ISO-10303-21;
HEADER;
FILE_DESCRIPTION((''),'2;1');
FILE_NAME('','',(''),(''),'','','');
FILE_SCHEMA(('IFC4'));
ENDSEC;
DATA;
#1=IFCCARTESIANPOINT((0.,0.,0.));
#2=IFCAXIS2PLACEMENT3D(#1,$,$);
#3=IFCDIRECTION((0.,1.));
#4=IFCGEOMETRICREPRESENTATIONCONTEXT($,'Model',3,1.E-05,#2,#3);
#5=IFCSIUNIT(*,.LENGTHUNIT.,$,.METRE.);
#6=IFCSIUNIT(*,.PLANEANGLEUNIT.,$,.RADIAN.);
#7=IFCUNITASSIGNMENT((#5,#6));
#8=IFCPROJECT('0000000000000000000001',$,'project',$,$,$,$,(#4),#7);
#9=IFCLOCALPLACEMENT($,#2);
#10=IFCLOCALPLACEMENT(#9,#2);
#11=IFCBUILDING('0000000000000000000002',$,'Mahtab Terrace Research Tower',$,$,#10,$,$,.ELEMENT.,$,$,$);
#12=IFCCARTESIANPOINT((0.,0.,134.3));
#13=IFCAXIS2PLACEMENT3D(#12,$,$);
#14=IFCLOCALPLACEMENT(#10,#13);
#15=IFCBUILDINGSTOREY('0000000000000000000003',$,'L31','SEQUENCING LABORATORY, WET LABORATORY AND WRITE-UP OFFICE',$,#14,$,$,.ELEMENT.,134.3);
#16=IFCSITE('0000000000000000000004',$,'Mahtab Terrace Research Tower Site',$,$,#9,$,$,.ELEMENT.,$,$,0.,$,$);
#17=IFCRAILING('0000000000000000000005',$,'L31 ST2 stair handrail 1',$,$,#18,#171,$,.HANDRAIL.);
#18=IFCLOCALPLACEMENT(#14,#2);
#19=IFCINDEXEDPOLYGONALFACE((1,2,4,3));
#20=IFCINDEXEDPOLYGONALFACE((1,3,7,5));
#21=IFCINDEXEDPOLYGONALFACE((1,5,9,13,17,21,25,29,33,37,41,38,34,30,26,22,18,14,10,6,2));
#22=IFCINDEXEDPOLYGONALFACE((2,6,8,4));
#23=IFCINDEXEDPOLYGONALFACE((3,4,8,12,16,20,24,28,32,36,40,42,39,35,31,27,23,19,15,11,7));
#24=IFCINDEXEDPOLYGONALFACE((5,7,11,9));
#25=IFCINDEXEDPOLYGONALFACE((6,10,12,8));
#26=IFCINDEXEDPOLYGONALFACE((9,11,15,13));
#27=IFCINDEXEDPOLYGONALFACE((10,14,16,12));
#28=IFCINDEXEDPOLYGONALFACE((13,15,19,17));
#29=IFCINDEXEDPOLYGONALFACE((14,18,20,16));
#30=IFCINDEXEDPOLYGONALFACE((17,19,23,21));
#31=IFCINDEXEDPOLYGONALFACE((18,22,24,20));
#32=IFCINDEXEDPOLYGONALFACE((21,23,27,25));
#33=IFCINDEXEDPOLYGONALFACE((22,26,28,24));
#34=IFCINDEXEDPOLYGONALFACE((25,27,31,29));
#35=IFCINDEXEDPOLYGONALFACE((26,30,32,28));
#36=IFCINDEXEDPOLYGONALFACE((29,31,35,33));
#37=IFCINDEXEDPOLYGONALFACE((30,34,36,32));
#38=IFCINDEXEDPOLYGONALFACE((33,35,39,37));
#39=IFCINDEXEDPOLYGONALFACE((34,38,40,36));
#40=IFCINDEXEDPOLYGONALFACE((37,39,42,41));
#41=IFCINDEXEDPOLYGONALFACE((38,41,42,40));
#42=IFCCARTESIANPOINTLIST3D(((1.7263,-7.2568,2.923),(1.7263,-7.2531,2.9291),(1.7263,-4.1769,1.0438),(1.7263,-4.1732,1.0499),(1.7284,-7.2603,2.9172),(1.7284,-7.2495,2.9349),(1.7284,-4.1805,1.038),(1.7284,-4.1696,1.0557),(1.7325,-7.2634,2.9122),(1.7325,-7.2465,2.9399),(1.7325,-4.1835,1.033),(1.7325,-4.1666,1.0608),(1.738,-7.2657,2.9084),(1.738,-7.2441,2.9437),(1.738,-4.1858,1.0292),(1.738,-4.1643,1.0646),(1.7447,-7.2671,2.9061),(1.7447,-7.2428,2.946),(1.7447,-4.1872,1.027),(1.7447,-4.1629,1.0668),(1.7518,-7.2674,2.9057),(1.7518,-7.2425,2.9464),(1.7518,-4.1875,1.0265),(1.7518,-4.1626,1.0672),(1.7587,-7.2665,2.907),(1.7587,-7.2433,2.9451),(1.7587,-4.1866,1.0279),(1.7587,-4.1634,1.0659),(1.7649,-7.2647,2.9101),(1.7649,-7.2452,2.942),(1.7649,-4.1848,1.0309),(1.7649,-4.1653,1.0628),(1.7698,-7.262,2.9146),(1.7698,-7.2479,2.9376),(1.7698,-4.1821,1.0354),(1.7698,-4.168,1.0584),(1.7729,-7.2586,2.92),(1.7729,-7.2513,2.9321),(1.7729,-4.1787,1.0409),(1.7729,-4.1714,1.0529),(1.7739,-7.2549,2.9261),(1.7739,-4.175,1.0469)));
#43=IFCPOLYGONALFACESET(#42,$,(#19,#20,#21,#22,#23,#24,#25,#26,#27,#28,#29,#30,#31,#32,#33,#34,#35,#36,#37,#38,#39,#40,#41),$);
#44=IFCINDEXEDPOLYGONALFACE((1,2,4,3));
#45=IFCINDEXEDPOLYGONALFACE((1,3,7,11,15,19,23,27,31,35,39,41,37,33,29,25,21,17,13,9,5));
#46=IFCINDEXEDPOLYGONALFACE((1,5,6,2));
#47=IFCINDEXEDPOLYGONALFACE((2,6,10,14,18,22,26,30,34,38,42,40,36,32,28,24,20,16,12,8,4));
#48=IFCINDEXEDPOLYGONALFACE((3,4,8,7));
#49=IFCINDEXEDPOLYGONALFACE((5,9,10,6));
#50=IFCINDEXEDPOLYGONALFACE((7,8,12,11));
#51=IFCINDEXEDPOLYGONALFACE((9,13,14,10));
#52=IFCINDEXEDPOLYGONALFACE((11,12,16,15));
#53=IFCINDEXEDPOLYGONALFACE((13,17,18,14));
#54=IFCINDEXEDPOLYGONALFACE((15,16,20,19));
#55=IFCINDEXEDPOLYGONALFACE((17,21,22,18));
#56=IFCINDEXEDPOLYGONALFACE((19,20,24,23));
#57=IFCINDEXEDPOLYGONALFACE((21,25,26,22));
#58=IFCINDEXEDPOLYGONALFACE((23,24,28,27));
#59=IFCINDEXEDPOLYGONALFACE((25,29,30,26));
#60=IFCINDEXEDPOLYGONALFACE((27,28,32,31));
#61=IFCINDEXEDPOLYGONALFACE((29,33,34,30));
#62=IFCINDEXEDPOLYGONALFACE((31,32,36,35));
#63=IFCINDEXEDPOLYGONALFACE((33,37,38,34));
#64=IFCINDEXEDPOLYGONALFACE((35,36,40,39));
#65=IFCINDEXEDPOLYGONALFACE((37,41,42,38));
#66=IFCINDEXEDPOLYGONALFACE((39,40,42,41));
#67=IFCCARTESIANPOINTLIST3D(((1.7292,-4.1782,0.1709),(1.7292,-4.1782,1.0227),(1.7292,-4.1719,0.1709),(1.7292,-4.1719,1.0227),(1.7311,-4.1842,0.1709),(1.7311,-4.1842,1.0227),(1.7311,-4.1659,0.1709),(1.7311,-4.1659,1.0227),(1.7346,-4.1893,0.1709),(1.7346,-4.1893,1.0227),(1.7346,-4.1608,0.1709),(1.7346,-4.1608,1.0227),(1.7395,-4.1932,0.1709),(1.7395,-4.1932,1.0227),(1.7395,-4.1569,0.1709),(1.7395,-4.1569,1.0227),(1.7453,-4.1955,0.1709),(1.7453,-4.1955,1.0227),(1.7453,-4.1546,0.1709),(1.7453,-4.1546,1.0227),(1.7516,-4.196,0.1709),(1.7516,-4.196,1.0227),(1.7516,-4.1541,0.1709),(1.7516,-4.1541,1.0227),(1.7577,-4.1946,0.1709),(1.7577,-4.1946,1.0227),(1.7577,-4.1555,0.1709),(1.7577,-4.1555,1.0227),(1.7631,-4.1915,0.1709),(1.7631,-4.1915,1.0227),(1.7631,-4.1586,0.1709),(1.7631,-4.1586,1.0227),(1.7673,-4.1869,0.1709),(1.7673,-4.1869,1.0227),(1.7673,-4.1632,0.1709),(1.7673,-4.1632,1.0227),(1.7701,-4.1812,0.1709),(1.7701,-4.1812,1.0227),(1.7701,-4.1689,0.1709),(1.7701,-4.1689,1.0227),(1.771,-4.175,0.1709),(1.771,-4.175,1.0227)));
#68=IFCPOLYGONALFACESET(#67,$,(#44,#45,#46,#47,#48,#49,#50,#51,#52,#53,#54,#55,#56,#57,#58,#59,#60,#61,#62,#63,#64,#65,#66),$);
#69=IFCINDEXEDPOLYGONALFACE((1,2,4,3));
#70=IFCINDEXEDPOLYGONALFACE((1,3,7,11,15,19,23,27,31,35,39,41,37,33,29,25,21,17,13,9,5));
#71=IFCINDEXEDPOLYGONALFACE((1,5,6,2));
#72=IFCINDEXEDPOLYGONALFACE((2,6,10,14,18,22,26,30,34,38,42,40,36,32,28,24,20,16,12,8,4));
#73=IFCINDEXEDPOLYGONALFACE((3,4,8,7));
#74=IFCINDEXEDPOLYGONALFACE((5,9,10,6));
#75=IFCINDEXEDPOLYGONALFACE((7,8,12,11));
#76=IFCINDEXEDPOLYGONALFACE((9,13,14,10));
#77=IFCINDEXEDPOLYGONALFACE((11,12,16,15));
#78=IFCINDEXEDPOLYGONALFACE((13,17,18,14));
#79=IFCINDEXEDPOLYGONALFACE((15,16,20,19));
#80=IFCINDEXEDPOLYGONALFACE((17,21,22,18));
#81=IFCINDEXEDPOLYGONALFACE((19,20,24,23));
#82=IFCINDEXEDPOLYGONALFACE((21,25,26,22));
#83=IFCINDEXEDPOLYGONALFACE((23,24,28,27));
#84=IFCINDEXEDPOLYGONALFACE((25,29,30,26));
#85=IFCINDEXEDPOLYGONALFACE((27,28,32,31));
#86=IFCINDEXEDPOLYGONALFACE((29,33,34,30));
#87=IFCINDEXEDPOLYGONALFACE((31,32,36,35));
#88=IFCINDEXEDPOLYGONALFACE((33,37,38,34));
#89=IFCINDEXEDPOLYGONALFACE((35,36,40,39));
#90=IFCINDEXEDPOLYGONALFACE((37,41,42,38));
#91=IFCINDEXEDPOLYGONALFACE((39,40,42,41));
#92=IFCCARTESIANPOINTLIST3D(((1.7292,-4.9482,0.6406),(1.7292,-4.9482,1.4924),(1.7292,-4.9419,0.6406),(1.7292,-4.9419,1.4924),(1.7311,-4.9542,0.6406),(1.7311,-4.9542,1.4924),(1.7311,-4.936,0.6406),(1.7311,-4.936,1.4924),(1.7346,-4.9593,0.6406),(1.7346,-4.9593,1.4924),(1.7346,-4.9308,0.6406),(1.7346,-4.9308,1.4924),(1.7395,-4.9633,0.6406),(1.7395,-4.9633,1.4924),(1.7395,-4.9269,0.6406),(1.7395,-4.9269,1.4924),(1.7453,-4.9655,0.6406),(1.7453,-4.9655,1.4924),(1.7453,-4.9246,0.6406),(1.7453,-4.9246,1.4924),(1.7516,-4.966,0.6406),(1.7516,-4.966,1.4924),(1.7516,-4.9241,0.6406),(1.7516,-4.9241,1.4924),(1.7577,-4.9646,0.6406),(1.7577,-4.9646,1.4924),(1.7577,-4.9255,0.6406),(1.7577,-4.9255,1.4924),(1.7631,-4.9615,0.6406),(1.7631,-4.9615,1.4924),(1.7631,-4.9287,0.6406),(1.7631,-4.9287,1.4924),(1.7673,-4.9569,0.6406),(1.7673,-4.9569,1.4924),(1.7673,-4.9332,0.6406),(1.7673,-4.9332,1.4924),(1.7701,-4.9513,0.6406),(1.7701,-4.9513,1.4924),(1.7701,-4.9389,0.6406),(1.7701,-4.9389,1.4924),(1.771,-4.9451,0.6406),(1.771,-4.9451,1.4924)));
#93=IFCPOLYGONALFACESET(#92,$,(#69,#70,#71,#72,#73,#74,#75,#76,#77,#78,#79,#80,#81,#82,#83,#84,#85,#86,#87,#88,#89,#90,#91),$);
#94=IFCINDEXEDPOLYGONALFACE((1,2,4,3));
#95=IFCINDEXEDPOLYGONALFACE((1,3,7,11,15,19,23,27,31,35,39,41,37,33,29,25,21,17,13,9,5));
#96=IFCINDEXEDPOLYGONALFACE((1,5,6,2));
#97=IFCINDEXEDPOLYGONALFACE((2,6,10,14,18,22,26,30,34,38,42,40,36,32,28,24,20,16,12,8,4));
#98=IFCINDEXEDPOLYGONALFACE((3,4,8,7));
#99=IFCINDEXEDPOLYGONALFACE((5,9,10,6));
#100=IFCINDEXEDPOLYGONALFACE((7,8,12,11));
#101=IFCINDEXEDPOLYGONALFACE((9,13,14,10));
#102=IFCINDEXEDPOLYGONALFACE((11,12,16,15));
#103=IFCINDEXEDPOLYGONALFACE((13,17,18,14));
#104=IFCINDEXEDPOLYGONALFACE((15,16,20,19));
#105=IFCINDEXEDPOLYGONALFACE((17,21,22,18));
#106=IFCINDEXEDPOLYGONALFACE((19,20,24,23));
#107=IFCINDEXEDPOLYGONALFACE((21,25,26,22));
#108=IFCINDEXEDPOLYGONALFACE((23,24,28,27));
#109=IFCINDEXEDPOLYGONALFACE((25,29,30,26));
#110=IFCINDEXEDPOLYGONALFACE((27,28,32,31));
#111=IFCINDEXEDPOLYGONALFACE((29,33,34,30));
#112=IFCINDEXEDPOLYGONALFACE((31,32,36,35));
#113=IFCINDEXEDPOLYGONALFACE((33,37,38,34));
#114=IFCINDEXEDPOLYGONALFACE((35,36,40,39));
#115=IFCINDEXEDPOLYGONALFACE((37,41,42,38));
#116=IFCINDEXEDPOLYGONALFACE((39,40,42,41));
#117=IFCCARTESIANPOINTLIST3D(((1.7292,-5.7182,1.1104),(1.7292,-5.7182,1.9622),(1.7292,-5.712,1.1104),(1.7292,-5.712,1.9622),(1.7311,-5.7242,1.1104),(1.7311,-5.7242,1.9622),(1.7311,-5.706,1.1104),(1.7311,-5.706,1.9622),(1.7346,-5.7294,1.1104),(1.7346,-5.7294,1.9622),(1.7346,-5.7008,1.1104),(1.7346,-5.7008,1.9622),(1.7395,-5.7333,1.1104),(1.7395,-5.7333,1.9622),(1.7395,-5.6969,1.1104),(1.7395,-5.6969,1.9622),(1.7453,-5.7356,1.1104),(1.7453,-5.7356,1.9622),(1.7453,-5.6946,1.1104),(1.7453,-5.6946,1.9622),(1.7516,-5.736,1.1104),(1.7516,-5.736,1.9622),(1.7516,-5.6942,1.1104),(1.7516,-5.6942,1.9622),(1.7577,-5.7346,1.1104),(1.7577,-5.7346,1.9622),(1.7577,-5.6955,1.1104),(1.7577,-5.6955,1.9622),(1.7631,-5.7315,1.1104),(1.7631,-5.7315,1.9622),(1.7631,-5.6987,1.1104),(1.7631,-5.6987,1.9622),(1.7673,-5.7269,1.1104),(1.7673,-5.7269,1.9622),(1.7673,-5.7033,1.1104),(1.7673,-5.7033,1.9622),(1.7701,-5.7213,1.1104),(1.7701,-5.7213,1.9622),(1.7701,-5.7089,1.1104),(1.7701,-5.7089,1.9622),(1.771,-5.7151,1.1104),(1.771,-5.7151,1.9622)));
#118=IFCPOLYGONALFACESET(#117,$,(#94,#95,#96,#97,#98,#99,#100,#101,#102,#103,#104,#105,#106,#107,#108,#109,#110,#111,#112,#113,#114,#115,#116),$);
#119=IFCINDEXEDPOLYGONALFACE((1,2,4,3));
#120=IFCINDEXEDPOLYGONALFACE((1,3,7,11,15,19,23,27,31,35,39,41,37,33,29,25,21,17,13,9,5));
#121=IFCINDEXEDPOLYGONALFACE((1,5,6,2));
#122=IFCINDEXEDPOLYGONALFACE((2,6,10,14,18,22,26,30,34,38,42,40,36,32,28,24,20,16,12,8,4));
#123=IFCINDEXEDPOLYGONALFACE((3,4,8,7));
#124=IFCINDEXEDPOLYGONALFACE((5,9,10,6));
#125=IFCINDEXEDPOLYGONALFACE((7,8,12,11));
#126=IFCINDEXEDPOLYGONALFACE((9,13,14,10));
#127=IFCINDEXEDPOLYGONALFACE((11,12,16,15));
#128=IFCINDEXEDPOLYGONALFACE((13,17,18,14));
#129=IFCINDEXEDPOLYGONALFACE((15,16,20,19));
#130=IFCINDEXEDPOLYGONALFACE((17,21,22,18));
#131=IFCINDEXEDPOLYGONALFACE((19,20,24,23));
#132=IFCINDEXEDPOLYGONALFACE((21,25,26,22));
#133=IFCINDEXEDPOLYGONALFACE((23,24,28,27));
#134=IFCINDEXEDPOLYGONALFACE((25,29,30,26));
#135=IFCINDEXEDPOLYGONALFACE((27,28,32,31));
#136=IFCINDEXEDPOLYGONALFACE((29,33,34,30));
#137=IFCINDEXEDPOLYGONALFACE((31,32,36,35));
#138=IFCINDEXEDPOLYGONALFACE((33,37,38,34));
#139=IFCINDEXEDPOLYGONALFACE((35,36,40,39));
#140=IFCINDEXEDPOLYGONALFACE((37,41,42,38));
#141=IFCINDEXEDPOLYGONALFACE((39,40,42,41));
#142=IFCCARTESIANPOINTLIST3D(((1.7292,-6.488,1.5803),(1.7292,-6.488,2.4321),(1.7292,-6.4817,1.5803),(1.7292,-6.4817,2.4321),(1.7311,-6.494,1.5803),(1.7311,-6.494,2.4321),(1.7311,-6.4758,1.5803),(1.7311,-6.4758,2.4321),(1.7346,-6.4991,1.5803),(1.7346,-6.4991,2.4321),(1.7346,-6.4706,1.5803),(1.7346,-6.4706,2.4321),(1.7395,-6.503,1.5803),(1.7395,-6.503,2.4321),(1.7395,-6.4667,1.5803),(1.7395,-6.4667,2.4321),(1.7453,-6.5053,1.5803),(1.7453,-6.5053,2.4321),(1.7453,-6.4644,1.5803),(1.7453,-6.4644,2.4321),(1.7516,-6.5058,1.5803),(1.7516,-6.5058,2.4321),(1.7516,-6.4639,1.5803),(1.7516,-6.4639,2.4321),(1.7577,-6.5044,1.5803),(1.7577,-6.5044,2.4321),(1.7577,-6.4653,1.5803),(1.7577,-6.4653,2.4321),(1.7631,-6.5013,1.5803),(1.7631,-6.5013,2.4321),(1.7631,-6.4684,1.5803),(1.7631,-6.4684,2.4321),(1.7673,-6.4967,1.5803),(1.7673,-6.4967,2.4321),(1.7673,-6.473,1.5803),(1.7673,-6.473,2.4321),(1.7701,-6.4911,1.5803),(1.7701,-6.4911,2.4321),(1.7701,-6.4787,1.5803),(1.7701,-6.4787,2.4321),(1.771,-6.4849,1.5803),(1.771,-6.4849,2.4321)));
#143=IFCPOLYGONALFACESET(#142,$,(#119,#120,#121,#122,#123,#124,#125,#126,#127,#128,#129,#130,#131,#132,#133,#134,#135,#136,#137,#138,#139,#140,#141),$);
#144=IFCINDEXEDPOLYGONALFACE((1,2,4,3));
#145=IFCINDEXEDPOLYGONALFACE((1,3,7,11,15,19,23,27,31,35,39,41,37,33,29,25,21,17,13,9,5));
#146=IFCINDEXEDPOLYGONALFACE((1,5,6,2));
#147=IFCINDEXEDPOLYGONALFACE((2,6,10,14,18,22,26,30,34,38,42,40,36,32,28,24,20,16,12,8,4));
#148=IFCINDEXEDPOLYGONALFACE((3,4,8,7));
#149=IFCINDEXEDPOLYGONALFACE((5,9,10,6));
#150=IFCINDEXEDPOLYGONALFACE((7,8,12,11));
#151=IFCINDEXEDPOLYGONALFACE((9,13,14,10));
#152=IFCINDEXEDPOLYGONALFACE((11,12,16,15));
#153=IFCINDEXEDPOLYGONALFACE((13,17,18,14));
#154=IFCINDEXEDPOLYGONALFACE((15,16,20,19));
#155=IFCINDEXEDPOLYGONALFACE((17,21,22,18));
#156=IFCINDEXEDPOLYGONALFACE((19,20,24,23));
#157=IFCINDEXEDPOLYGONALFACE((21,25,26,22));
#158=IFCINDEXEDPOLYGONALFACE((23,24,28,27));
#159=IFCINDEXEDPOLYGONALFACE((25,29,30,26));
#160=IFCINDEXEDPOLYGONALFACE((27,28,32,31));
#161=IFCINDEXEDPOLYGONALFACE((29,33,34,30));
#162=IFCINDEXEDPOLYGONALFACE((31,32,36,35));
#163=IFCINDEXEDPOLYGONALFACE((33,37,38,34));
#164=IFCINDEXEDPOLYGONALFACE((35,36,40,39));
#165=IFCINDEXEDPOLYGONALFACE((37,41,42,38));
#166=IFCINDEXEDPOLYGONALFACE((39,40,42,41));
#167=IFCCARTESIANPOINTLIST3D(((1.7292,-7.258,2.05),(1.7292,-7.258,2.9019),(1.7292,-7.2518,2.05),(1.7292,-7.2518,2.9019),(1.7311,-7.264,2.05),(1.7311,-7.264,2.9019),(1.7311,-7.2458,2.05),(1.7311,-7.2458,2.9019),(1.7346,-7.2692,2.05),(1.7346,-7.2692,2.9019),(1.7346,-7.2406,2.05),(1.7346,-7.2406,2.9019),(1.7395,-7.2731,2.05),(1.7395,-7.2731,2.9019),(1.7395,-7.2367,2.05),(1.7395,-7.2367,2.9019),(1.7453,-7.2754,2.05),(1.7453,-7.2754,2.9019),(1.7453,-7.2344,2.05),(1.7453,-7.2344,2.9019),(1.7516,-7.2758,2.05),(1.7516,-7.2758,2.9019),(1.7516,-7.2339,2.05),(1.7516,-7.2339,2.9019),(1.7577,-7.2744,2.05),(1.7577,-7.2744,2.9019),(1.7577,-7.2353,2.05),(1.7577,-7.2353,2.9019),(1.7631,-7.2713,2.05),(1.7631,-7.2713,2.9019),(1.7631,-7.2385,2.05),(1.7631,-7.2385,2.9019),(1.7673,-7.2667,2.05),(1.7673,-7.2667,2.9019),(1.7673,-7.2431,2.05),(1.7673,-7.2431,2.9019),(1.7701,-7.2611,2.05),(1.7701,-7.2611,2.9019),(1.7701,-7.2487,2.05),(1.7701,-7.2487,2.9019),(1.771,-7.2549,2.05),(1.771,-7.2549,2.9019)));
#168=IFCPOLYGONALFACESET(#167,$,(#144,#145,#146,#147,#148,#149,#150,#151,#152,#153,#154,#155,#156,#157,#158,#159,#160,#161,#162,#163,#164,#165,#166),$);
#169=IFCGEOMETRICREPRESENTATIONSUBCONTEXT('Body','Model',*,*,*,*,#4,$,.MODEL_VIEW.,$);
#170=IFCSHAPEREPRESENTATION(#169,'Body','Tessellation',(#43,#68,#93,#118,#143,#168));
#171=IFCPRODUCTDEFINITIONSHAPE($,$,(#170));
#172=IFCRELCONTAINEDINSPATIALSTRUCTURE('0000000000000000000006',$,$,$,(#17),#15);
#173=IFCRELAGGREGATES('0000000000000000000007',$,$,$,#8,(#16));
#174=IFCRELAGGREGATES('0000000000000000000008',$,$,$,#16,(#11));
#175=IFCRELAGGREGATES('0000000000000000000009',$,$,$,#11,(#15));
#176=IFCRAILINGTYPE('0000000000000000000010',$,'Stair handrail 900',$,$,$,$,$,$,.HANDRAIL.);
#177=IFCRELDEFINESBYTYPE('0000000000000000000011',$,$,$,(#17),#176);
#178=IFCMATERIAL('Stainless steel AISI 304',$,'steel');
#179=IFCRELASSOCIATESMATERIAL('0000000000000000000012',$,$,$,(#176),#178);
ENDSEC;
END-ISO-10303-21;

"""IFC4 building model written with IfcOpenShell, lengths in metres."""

from ifc_helpers import new_model, si_unit, direction, frame, origin, origin_2d, place, context, subcontext, project, spatial, circle, extrude, material, type_object, element, save


model = new_model("IFC4")

# Units and contexts
model_context = context("Model", 3, precision=1e-05, world=origin(), true_north=direction((0.0, 1.0)))
body_context = subcontext(model_context, "Body", "Model", "MODEL_VIEW")
ifc_project = project(units=[si_unit("LENGTHUNIT", "METRE"), si_unit("PLANEANGLEUNIT", "RADIAN")], contexts=[model_context])

# Site, building, storey
site_placement = place(None, origin())
site = spatial("IfcSite", under=ifc_project, at=site_placement, Name="Mahtab Terrace Research Tower Site", CompositionType="ELEMENT", RefElevation=0.0)
building_placement = place(site_placement, origin())
building = spatial("IfcBuilding", under=site, at=building_placement, Name="Mahtab Terrace Research Tower", CompositionType="ELEMENT")
storey_placement = place(building_placement, frame((0.0, 0.0, 134.3)))
storey = spatial("IfcBuildingStorey", under=building, at=storey_placement, Name="L31", Description="SEQUENCING LABORATORY, WET LABORATORY AND WRITE-UP OFFICE", CompositionType="ELEMENT", Elevation=134.3)

# Railing
ifc_material_1 = material(Name="Stainless steel AISI 304", Category="steel")
railing_type_1 = type_object("IfcRailingType", Name="Stair handrail 900", PredefinedType="HANDRAIL", material=ifc_material_1)
railing_1_placement = place(storey_placement, frame((1.75, -4.175, 0.1709)))
element("IfcRailing", 1, at=railing_1_placement, inside=storey, type_object=railing_type_1, Name="L31 ST2 stair handrail 1", PredefinedType="HANDRAIL", context=body_context, shape_type="SweptSolid", body=[
    extrude(circle(Radius=0.0239, at=origin_2d()), frame((0.0, 0.0, 0.876), z_axis=(0.0, -0.853648, 0.52085), x_axis=(1.0, 0.0, 0.0)), (0.0, 0.0, 1.0), 3.6079),
    extrude(circle(Radius=0.021, at=origin_2d()), origin(), (0.0, 0.0, 1.0), 0.8518),
    extrude(circle(Radius=0.021, at=origin_2d()), frame((0.0, -0.77, 0.4697)), (0.0, 0.0, 1.0), 0.8518),
    extrude(circle(Radius=0.021, at=origin_2d()), frame((0.0, -1.54, 0.9395)), (0.0, 0.0, 1.0), 0.8518),
    extrude(circle(Radius=0.021, at=origin_2d()), frame((0.0, -2.3098, 1.4094)), (0.0, 0.0, 1.0), 0.8518),
    extrude(circle(Radius=0.021, at=origin_2d()), frame((0.0, -3.0798, 1.8792)), (0.0, 0.0, 1.0), 0.8518),
])

save(model, "model.ifc")
